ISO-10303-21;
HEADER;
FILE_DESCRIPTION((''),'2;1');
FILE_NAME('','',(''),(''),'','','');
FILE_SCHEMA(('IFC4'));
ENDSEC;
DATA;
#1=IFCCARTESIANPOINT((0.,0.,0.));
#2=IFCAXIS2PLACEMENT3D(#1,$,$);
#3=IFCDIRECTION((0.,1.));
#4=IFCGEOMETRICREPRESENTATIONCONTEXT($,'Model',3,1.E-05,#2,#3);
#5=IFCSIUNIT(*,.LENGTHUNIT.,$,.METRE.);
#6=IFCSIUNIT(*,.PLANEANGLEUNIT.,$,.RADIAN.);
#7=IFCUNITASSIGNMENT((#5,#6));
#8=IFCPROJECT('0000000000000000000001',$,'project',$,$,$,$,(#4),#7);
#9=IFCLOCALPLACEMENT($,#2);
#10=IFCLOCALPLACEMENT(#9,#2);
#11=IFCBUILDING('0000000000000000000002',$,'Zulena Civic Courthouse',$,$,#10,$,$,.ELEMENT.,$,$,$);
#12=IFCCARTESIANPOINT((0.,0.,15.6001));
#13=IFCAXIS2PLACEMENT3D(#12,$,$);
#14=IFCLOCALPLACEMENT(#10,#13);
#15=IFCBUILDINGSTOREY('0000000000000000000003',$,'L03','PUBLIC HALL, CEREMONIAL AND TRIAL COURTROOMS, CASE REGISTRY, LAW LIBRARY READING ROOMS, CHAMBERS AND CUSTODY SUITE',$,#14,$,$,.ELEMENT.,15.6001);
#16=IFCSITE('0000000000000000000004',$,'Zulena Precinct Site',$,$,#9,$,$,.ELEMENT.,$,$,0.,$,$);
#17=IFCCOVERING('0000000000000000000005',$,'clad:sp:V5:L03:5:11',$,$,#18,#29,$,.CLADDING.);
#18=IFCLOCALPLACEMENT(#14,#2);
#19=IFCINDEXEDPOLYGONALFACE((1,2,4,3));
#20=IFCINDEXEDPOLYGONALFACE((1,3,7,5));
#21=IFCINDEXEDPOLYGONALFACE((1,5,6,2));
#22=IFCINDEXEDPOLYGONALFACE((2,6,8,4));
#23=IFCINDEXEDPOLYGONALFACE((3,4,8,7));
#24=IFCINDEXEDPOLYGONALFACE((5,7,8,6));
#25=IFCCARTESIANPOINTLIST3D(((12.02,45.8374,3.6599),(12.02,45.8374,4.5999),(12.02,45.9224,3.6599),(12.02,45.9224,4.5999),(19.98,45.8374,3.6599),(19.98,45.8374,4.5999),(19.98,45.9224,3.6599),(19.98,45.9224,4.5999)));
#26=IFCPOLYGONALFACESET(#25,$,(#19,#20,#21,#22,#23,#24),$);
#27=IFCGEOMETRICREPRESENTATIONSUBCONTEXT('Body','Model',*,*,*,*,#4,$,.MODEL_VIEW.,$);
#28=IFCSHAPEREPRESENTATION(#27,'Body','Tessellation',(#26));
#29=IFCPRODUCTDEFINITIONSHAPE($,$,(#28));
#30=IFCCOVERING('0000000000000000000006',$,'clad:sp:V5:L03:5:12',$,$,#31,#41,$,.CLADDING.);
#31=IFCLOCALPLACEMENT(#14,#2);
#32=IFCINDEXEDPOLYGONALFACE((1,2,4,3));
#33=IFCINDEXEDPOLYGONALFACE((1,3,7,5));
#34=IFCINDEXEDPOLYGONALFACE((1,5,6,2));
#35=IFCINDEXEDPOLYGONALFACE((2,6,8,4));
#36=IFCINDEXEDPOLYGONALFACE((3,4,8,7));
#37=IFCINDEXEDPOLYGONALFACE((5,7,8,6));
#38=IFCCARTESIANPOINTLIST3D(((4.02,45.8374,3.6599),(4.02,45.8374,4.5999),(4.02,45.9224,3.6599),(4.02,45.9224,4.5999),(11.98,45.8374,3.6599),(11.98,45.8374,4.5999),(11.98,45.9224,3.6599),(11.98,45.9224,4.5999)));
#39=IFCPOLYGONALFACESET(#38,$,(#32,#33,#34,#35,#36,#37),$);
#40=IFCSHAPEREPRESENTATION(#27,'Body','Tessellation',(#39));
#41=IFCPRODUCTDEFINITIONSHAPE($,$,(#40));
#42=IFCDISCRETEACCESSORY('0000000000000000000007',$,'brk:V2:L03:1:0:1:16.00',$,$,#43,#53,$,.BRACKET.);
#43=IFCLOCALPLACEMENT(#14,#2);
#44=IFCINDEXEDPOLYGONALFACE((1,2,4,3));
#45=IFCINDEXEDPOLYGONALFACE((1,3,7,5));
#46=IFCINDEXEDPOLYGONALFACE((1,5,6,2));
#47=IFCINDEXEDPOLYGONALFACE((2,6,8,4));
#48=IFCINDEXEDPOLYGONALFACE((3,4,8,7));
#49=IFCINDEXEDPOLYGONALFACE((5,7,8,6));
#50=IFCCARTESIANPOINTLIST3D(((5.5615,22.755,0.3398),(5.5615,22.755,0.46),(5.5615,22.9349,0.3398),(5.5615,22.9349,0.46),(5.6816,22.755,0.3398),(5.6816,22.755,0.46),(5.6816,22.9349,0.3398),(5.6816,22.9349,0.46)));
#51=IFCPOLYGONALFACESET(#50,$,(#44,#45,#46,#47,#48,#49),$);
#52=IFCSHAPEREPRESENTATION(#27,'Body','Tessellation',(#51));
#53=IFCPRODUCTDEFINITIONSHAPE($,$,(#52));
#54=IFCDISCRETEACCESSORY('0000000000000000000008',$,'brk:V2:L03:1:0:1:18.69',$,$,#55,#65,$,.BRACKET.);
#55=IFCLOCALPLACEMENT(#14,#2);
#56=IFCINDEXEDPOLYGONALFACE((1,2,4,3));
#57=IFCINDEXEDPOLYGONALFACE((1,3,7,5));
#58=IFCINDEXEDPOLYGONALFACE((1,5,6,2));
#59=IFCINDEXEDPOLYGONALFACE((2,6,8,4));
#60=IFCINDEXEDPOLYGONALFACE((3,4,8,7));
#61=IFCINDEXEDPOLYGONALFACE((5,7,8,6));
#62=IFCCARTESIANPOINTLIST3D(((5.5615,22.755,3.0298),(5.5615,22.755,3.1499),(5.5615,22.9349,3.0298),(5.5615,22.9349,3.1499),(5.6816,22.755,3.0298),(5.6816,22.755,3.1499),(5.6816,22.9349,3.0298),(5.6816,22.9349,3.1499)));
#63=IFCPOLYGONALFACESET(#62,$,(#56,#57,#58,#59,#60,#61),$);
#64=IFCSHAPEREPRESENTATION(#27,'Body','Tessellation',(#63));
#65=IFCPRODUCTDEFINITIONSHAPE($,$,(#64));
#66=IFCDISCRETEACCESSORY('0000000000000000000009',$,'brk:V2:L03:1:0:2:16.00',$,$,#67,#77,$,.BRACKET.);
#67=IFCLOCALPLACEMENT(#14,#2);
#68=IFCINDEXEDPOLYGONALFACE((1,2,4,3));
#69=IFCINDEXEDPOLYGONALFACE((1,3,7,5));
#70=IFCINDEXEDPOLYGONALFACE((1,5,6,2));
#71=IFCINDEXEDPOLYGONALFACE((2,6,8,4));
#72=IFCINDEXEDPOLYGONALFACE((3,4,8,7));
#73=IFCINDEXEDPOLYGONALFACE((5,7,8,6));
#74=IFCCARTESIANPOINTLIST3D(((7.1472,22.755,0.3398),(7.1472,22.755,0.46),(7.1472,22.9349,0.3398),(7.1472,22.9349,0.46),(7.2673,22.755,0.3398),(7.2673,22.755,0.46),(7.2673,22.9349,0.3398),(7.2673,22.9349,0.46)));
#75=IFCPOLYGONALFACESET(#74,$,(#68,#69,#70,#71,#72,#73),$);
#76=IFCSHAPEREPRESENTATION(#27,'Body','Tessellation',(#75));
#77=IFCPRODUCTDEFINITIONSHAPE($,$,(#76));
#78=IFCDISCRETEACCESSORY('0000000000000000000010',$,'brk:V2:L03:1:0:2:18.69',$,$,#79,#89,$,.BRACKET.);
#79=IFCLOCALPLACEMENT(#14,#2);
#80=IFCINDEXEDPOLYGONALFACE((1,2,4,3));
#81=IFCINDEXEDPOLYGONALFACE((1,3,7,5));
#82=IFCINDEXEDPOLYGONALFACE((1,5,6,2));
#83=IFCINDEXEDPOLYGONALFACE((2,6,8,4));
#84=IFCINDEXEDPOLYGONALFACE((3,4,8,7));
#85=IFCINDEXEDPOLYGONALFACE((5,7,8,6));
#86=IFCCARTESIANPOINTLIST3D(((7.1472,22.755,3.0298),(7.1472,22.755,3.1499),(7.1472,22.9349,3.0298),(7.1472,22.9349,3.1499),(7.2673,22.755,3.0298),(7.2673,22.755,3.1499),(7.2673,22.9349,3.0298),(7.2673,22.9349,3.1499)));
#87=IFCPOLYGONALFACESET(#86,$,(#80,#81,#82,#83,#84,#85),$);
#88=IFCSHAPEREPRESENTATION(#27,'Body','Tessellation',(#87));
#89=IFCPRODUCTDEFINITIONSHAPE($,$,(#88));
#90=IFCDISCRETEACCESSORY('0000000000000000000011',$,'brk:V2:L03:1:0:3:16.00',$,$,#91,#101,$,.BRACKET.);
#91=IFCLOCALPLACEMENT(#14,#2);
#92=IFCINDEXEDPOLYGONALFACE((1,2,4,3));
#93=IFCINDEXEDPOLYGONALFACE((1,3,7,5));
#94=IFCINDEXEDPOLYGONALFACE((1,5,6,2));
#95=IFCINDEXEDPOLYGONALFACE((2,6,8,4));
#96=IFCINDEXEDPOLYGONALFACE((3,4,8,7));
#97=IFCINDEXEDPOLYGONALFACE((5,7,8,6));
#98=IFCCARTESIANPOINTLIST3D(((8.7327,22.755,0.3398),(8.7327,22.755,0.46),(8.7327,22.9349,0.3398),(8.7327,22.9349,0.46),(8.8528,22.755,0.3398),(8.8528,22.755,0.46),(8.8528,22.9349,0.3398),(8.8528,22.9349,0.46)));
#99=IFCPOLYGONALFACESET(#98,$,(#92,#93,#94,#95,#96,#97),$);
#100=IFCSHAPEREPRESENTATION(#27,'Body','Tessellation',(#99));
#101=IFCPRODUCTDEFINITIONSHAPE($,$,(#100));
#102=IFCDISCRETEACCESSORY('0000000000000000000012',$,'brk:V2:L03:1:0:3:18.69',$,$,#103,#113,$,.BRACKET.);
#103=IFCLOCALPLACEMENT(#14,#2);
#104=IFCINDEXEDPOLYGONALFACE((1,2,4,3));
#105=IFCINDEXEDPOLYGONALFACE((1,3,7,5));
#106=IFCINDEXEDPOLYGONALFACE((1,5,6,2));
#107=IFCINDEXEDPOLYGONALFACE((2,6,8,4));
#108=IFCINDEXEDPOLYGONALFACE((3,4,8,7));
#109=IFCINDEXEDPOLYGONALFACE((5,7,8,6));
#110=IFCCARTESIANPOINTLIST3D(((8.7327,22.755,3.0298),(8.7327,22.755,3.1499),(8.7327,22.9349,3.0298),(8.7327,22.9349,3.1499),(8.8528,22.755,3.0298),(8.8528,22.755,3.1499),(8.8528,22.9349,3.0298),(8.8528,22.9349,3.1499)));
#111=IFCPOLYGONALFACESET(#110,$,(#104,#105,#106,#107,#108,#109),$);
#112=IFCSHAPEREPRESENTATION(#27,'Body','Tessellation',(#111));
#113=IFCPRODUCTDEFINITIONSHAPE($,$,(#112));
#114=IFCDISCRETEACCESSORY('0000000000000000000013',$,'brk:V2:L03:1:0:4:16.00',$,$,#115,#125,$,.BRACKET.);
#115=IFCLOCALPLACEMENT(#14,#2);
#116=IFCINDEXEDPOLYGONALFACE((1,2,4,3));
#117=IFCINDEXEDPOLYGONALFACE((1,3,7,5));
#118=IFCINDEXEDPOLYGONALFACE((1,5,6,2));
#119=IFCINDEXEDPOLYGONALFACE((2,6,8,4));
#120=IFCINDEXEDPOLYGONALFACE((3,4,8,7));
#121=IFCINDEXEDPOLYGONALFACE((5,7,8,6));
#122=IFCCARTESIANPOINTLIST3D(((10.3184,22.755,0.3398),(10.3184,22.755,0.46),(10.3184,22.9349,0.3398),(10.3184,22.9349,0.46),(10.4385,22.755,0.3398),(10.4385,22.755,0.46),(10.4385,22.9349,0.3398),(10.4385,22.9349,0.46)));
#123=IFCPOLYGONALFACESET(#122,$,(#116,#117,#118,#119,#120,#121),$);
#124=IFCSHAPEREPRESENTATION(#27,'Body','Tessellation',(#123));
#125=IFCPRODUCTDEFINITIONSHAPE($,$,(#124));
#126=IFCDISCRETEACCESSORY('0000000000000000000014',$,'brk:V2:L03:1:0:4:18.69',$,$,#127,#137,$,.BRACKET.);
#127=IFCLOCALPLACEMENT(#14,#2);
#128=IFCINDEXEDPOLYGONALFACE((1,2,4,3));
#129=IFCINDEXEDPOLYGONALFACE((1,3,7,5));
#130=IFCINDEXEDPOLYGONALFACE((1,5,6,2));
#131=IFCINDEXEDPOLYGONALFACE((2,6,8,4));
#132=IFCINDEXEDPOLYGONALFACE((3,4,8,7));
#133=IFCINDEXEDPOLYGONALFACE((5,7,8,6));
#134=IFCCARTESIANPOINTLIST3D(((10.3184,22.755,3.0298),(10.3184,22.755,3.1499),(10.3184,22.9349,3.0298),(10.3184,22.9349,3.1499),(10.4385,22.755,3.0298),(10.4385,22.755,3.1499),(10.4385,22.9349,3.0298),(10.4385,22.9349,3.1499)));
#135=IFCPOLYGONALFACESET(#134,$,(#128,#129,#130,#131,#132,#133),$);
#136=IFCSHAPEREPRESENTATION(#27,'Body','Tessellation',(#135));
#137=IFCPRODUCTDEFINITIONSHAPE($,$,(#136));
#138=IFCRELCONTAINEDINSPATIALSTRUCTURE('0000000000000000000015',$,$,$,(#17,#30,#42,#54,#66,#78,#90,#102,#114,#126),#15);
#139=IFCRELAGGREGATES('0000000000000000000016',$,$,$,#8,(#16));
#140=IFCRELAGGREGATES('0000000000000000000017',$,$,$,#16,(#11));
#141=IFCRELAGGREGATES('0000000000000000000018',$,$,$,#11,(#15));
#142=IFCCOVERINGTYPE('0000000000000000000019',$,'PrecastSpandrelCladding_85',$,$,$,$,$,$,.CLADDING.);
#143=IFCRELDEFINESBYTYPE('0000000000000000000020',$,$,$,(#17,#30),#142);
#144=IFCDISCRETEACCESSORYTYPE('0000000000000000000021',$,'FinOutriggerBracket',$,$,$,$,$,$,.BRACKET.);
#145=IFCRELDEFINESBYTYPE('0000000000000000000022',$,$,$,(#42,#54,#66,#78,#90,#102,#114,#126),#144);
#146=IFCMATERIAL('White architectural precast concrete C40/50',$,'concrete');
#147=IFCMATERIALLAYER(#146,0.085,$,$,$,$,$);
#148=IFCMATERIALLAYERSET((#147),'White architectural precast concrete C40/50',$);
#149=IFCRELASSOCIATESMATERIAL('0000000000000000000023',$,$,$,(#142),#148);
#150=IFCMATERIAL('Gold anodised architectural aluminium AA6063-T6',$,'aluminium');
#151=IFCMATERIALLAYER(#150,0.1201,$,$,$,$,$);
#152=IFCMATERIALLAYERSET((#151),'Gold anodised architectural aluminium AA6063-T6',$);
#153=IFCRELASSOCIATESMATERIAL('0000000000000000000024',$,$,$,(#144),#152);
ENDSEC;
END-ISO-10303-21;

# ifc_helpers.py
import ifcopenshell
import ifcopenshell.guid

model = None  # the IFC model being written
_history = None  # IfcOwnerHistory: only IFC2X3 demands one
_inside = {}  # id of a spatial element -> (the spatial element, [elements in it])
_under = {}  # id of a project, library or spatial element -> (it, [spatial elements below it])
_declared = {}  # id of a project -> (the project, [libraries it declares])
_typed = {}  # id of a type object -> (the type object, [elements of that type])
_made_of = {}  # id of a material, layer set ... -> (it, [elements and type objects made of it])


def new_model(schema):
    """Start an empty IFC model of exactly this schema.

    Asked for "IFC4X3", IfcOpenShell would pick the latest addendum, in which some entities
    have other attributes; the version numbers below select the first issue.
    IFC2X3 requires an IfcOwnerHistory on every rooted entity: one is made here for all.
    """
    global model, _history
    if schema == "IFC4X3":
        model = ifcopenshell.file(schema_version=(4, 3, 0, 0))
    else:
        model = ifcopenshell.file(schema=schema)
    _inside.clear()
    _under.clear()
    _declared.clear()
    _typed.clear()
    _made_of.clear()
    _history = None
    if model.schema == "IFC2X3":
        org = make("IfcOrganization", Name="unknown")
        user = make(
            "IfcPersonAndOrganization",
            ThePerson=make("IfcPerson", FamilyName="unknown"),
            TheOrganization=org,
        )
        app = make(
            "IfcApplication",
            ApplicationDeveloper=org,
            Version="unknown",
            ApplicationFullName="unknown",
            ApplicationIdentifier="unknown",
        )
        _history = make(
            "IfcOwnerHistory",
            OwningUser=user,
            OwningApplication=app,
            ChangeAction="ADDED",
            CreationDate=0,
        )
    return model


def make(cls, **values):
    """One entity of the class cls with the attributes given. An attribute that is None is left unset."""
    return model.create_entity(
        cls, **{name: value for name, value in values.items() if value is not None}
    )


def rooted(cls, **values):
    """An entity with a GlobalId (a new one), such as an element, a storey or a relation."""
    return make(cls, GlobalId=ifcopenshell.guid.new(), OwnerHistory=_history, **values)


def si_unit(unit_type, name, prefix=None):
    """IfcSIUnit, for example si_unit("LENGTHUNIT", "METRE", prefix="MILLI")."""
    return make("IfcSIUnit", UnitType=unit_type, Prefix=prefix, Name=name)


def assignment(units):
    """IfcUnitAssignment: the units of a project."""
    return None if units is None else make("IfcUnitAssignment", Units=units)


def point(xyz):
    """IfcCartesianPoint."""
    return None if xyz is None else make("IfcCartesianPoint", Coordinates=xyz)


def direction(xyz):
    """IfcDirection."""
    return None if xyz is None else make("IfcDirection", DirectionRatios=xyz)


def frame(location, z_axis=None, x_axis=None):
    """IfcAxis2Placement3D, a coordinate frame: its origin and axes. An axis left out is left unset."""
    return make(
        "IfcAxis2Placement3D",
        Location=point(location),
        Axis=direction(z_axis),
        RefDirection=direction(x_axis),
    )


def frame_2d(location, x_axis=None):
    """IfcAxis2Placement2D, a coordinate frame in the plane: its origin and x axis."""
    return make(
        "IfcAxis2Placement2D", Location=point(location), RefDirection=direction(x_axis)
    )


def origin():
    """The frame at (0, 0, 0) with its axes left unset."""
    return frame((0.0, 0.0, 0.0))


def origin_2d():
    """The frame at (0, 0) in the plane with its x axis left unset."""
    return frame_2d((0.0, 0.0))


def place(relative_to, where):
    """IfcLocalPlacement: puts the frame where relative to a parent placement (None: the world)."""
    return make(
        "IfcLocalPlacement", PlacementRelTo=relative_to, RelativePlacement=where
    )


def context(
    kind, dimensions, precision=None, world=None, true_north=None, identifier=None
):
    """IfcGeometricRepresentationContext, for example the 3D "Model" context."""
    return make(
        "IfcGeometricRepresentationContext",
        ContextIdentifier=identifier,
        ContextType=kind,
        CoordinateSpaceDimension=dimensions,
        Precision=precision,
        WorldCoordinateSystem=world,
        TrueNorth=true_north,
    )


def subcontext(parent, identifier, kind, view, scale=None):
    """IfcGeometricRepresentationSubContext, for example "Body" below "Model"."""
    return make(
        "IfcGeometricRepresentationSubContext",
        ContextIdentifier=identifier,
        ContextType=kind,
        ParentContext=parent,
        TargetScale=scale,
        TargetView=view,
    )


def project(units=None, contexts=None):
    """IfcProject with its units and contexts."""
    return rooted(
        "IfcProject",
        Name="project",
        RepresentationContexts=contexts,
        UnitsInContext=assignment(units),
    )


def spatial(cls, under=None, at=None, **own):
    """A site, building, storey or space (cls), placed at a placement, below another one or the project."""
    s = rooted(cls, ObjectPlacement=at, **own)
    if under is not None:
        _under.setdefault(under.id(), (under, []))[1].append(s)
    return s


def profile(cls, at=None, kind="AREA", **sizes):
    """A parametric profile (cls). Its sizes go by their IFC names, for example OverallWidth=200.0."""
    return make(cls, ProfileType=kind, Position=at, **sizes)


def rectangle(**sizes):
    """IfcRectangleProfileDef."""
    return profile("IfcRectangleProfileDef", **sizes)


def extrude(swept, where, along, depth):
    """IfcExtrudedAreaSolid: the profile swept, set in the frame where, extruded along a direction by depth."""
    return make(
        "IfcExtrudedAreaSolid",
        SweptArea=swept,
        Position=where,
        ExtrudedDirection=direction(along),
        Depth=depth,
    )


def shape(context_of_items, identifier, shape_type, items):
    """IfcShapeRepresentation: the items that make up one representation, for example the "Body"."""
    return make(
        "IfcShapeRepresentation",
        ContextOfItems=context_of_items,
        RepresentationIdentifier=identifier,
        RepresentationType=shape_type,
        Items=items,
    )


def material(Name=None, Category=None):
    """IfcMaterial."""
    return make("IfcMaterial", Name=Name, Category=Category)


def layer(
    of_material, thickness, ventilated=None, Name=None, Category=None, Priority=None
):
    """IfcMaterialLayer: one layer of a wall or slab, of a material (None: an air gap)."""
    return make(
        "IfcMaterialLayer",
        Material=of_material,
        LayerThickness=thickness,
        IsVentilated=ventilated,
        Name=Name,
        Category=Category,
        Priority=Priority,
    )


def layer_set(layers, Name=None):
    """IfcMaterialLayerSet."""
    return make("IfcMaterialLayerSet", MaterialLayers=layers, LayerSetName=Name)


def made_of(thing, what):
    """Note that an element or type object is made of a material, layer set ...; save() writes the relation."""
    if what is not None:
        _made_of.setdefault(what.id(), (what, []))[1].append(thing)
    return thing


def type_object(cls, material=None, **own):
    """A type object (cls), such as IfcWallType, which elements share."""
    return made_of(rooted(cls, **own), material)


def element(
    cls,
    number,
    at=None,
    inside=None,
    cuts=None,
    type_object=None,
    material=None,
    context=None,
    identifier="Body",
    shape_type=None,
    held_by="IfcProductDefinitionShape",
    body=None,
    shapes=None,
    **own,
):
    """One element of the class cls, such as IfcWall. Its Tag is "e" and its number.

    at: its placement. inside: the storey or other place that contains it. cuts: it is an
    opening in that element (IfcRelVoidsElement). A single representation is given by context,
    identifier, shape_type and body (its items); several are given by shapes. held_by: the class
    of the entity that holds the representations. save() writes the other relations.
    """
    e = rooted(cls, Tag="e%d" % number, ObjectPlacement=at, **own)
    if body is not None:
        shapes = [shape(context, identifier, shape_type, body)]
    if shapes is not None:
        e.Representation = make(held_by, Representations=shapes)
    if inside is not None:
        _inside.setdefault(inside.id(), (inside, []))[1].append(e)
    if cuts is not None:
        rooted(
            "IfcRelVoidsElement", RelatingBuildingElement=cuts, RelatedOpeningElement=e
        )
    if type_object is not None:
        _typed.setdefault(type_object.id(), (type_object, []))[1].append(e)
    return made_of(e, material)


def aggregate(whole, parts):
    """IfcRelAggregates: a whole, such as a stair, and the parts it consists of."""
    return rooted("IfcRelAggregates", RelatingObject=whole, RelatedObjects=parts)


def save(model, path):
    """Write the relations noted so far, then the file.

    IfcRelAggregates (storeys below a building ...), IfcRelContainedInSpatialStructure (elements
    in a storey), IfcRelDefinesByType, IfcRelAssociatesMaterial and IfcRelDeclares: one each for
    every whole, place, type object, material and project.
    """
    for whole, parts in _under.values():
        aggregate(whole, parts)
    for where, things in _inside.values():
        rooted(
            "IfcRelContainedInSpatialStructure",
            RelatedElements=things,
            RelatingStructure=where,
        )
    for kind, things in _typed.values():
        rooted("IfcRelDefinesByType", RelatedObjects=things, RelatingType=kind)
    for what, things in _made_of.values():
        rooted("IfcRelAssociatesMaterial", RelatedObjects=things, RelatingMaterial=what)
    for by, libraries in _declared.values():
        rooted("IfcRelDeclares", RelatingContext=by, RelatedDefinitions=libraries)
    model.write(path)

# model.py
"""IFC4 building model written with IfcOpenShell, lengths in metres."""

from ifc_helpers import new_model, si_unit, direction, frame, origin, origin_2d, place, context, subcontext, project, spatial, rectangle, extrude, material, layer, layer_set, type_object, element, save


model = new_model("IFC4")

# Units and contexts
model_context = context("Model", 3, precision=1e-05, world=origin(), true_north=direction((0.0, 1.0)))
body_context = subcontext(model_context, "Body", "Model", "MODEL_VIEW")
ifc_project = project(units=[si_unit("LENGTHUNIT", "METRE"), si_unit("PLANEANGLEUNIT", "RADIAN")], contexts=[model_context])

# Site, building, storey
site_placement = place(None, origin())
site = spatial("IfcSite", under=ifc_project, at=site_placement, Name="Zulena Precinct Site", CompositionType="ELEMENT", RefElevation=0.0)
building_placement = place(site_placement, origin())
building = spatial("IfcBuilding", under=site, at=building_placement, Name="Zulena Civic Courthouse", CompositionType="ELEMENT")
storey_placement = place(building_placement, frame((0.0, 0.0, 15.6001)))
storey = spatial("IfcBuildingStorey", under=building, at=storey_placement, Name="L03", Description="PUBLIC HALL, CEREMONIAL AND TRIAL COURTROOMS, CASE REGISTRY, LAW LIBRARY READING ROOMS, CHAMBERS AND CUSTODY SUITE", CompositionType="ELEMENT", Elevation=15.6001)

# Shared definitions
ifc_material_1 = material(Name="Gold anodised architectural aluminium AA6063-T6", Category="aluminium")

# Coverings
ifc_material_2 = material(Name="White architectural precast concrete C40/50", Category="concrete")
ifc_layer_1 = layer(ifc_material_2, 0.085)
ifc_layer_set_1 = layer_set([ifc_layer_1], Name="White architectural precast concrete C40/50")
covering_type = type_object("IfcCoveringType", Name="PrecastSpandrelCladding_85", PredefinedType="CLADDING", material=ifc_layer_set_1)
for number, where, z_axis, x_axis, name in (
    (1, (16.0, 45.8799, 3.6599), (0.0, 0.0, 1.0), (-1.0, 0.0, 0.0), "clad:sp:V5:L03:5:11"),
    (2, (8.0, 45.8799, 3.6599), (0.0, 0.0, 1.0), (-1.0, 0.0, 0.0), "clad:sp:V5:L03:5:12"),
):
    element("IfcCovering", number, at=place(storey_placement, frame(where, z_axis=z_axis, x_axis=x_axis)), inside=storey, type_object=covering_type, Name=name, PredefinedType="CLADDING", context=body_context, shape_type="SweptSolid", body=[
        extrude(rectangle(XDim=7.96, YDim=0.085, at=origin_2d()), origin(), (0.0, 0.0, 1.0), 0.9399),
    ])

# Discrete accessories
ifc_layer_2 = layer(ifc_material_1, 0.1201)
ifc_layer_set_2 = layer_set([ifc_layer_2], Name="Gold anodised architectural aluminium AA6063-T6")
discrete_accessory_type = type_object("IfcDiscreteAccessoryType", Name="FinOutriggerBracket", PredefinedType="BRACKET", material=ifc_layer_set_2)
for number, where, z_axis, x_axis, name in (
    (3, (5.6216, 22.845, 0.3398), (0.0, 0.0, 1.0), (0.0, 1.0, 0.0), "brk:V2:L03:1:0:1:16.00"),
    (4, (5.6216, 22.845, 3.0298), (0.0, 0.0, 1.0), (0.0, 1.0, 0.0), "brk:V2:L03:1:0:1:18.69"),
    (5, (7.2073, 22.845, 0.3398), (0.0, 0.0, 1.0), (0.0, 1.0, 0.0), "brk:V2:L03:1:0:2:16.00"),
    (6, (7.2073, 22.845, 3.0298), (0.0, 0.0, 1.0), (0.0, 1.0, 0.0), "brk:V2:L03:1:0:2:18.69"),
    (7, (8.7927, 22.845, 0.3398), (0.0, 0.0, 1.0), (0.0, 1.0, 0.0), "brk:V2:L03:1:0:3:16.00"),
    (8, (8.7927, 22.845, 3.0298), (0.0, 0.0, 1.0), (0.0, 1.0, 0.0), "brk:V2:L03:1:0:3:18.69"),
    (9, (10.3784, 22.845, 0.3398), (0.0, 0.0, 1.0), (0.0, 1.0, 0.0), "brk:V2:L03:1:0:4:16.00"),
    (10, (10.3784, 22.845, 3.0298), (0.0, 0.0, 1.0), (0.0, 1.0, 0.0), "brk:V2:L03:1:0:4:18.69"),
):
    element("IfcDiscreteAccessory", number, at=place(storey_placement, frame(where, z_axis=z_axis, x_axis=x_axis)), inside=storey, type_object=discrete_accessory_type, Name=name, PredefinedType="BRACKET", context=body_context, shape_type="SweptSolid", body=[
        extrude(rectangle(XDim=0.1799, YDim=0.1201, at=origin_2d()), origin(), (0.0, 0.0, 1.0), 0.1201),
    ])

save(model, "model.ifc")
